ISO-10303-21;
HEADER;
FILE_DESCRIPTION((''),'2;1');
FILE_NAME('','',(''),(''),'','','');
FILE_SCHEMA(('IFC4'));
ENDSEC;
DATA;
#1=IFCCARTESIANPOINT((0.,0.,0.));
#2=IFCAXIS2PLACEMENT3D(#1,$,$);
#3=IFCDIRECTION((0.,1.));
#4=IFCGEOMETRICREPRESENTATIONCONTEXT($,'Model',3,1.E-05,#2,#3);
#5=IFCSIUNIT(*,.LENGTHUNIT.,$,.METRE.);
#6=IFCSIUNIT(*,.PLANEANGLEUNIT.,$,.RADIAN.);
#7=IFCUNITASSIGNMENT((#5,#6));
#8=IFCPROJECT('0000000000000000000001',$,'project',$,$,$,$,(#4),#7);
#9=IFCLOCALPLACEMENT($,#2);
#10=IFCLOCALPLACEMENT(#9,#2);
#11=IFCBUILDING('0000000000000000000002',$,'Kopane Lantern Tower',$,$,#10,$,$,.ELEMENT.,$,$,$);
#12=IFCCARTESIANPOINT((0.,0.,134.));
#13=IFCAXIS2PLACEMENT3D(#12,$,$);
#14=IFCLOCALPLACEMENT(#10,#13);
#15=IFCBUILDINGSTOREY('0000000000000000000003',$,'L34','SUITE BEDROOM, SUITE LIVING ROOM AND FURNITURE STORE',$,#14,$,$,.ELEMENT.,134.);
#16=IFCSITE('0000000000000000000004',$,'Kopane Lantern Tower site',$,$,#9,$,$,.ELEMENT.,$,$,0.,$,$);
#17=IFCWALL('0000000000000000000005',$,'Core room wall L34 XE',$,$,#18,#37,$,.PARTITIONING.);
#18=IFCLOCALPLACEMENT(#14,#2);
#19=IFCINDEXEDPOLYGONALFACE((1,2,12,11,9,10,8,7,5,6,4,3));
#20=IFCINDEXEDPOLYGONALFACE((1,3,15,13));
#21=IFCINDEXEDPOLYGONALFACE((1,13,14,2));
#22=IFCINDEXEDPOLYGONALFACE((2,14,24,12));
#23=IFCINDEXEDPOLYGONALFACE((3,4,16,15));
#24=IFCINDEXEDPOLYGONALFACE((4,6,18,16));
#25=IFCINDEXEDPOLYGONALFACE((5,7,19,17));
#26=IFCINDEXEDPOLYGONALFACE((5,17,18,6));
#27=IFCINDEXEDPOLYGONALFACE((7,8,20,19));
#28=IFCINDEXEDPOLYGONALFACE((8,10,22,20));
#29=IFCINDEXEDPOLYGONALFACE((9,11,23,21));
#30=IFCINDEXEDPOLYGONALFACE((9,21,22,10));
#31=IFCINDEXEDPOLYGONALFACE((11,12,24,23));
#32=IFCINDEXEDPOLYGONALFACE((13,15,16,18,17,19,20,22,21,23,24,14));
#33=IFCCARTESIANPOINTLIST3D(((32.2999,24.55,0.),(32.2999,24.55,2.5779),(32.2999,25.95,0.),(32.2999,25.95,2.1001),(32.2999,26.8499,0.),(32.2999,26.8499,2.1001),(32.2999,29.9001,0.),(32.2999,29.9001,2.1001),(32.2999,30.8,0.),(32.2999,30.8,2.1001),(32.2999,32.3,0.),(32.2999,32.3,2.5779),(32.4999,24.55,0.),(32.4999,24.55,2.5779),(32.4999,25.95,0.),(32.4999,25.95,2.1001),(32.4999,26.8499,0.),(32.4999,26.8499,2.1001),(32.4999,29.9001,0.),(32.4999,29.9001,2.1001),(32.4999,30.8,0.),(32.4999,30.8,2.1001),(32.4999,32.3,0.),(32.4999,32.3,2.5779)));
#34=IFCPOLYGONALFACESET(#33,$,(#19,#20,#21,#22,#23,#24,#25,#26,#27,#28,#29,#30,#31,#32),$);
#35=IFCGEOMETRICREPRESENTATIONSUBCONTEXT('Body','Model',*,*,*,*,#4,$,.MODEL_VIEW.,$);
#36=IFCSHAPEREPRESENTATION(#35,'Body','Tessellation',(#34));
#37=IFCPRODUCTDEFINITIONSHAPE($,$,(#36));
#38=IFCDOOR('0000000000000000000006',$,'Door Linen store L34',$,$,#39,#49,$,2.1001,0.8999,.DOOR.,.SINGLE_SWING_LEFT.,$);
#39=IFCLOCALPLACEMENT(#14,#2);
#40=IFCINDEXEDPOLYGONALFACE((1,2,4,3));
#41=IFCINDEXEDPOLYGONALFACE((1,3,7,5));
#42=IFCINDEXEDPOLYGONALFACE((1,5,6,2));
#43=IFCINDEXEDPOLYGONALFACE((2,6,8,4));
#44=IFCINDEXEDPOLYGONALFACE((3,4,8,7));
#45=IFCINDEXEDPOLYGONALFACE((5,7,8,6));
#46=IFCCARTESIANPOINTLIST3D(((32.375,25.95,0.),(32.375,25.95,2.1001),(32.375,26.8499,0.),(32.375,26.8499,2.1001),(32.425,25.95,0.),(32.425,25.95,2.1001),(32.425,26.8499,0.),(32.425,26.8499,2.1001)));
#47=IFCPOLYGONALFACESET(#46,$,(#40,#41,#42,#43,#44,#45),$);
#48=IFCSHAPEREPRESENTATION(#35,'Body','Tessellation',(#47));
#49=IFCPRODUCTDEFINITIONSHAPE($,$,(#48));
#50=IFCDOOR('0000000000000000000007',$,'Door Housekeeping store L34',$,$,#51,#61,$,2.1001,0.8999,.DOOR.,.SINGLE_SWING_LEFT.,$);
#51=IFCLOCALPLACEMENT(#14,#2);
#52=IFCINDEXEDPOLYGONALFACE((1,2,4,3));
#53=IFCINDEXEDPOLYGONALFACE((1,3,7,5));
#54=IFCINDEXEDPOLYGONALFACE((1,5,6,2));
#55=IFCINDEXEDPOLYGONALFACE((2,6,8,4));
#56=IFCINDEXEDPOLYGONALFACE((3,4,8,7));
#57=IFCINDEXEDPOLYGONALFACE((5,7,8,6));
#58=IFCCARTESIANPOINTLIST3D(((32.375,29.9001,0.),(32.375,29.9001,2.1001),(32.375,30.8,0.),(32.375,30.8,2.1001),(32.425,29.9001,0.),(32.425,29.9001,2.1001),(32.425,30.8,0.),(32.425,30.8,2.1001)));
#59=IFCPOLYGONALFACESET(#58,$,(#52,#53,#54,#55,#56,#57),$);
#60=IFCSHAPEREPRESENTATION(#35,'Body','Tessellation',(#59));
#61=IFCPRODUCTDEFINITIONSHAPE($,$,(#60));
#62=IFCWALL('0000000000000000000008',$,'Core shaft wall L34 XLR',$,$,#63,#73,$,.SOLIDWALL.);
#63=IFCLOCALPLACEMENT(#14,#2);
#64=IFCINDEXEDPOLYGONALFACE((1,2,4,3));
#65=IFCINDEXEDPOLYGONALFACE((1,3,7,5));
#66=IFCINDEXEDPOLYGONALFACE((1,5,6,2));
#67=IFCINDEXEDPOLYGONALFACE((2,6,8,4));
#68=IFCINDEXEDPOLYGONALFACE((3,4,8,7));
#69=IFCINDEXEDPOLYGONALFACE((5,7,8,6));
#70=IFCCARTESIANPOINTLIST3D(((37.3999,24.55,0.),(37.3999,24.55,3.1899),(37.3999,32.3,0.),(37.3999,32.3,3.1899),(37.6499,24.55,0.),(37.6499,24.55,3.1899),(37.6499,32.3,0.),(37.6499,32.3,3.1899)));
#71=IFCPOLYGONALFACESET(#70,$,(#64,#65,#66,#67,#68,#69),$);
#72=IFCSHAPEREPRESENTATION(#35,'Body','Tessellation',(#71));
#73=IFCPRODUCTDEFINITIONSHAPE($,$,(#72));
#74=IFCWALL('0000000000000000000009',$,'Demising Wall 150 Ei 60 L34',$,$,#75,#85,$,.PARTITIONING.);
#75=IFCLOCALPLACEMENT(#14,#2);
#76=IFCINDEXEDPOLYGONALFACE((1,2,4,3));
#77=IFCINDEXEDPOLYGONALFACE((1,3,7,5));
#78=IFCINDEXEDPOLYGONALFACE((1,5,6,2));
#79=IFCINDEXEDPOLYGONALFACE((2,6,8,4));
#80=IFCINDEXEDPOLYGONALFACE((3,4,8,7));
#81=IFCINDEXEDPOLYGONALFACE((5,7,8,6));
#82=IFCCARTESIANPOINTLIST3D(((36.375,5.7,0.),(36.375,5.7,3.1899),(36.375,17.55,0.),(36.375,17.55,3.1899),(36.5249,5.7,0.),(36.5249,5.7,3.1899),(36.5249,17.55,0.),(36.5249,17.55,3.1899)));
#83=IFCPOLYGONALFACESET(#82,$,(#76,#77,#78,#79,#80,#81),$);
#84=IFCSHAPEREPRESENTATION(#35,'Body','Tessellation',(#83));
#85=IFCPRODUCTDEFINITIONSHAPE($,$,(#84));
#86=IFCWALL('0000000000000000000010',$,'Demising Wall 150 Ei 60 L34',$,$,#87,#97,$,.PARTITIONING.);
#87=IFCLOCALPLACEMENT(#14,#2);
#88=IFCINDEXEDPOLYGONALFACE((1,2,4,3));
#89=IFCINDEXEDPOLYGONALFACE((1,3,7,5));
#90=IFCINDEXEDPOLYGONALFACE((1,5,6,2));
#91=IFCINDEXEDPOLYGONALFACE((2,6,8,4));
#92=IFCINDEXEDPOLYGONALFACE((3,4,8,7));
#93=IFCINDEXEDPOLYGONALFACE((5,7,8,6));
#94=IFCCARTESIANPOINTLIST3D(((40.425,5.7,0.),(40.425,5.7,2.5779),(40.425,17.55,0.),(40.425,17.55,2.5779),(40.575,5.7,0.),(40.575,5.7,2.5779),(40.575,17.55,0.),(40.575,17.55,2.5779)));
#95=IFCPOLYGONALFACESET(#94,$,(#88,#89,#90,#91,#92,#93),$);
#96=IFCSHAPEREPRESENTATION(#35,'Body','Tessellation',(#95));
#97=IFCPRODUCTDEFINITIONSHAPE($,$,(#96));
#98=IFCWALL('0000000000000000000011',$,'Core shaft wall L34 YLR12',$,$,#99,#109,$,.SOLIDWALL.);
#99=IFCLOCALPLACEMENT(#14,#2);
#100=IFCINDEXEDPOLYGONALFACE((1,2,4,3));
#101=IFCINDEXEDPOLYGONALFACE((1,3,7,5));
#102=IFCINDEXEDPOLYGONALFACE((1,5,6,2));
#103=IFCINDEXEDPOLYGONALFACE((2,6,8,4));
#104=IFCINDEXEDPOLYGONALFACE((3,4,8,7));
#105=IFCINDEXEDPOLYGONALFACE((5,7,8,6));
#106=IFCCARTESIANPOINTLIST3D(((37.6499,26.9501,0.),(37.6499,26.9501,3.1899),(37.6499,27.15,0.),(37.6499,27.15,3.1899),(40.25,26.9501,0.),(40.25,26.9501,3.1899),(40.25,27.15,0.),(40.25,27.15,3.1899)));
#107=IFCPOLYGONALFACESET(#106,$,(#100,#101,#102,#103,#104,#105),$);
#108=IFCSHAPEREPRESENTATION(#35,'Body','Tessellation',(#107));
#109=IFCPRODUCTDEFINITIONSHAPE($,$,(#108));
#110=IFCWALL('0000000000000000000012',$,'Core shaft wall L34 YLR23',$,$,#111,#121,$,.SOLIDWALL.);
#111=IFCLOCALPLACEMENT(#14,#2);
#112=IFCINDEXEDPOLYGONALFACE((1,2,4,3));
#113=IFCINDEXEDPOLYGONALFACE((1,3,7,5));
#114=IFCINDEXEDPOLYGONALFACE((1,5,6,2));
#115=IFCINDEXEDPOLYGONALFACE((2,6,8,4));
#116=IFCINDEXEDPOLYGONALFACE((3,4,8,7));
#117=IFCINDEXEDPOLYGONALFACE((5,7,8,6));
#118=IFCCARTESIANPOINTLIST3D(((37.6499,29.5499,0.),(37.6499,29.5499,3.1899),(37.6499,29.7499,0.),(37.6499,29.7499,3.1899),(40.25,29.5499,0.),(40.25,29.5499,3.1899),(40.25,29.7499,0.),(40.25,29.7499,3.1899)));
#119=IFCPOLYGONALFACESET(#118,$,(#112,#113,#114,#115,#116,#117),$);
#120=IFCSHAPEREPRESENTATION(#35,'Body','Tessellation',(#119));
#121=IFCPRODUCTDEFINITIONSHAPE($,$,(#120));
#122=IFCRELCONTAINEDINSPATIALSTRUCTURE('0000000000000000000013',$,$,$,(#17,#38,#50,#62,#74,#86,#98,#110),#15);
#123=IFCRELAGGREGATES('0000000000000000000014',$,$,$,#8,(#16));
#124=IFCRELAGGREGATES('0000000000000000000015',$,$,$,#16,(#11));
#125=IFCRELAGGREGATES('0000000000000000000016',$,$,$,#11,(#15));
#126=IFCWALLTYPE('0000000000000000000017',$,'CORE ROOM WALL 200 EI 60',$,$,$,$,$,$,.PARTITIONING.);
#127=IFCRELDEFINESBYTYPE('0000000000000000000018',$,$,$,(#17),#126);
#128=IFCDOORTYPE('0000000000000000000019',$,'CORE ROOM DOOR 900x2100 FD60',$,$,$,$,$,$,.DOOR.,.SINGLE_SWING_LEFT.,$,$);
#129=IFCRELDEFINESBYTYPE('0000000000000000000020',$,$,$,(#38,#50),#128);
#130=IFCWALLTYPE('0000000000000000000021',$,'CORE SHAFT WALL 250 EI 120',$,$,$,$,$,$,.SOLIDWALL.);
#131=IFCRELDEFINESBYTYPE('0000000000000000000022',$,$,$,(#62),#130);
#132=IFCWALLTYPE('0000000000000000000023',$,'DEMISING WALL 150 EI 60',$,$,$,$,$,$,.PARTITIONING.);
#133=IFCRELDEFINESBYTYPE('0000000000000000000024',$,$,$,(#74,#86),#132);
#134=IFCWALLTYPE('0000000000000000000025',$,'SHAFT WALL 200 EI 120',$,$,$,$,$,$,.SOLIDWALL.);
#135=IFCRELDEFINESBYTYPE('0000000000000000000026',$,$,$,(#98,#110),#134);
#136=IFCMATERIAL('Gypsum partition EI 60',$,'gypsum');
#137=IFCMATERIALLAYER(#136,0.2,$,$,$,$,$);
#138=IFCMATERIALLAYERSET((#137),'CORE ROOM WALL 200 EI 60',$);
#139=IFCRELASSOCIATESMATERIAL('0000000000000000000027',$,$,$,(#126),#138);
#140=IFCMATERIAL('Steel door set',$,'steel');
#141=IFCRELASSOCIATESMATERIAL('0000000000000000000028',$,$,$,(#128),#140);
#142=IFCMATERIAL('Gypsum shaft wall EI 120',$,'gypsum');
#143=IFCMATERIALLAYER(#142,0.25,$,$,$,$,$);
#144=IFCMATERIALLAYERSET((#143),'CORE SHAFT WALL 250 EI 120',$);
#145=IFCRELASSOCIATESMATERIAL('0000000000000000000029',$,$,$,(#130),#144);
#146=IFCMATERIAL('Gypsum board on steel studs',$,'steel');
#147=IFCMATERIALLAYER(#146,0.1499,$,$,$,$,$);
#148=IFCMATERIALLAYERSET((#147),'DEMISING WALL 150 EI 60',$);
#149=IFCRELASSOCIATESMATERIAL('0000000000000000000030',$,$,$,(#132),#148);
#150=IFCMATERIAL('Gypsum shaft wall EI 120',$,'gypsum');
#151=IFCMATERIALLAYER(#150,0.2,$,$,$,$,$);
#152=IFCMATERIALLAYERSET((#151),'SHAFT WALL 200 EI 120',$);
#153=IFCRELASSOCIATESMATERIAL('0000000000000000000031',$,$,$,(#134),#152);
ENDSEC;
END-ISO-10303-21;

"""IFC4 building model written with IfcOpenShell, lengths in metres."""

from ifc_helpers import new_model, si_unit, direction, frame, frame_2d, origin, place, context, subcontext, project, spatial, rectangle, extrude, material, layer, layer_set, type_object, element, fill, save


model = new_model("IFC4")

# Units and contexts
model_context = context("Model", 3, precision=1e-05, world=origin(), true_north=direction((0.0, 1.0)))
body_context = subcontext(model_context, "Body", "Model", "MODEL_VIEW")
ifc_project = project(units=[si_unit("LENGTHUNIT", "METRE"), si_unit("PLANEANGLEUNIT", "RADIAN")], contexts=[model_context])

# Site, building, storey
site_placement = place(None, origin())
site = spatial("IfcSite", under=ifc_project, at=site_placement, Name="Kopane Lantern Tower site", CompositionType="ELEMENT", RefElevation=0.0)
building_placement = place(site_placement, origin())
building = spatial("IfcBuilding", under=site, at=building_placement, Name="Kopane Lantern Tower", CompositionType="ELEMENT")
storey_placement = place(building_placement, frame((0.0, 0.0, 134.0)))
storey = spatial("IfcBuildingStorey", under=building, at=storey_placement, Name="L34", Description="SUITE BEDROOM, SUITE LIVING ROOM AND FURNITURE STORE", CompositionType="ELEMENT", Elevation=134.0)

# Wall, openings, doors
ifc_material_1 = material(Name="Gypsum partition EI 60", Category="gypsum")
ifc_layer_1 = layer(ifc_material_1, 0.2)
ifc_layer_set_1 = layer_set([ifc_layer_1], Name="CORE ROOM WALL 200 EI 60")
wall_type_1 = type_object("IfcWallType", Name="CORE ROOM WALL 200 EI 60", PredefinedType="PARTITIONING", material=ifc_layer_set_1)
wall_1_placement = place(storey_placement, frame((32.3999, 24.55, 0.0), z_axis=(0.0, 0.0, 1.0), x_axis=(0.0, 1.0, 0.0)))
wall_1 = element("IfcWall", 1, at=wall_1_placement, inside=storey, type_object=wall_type_1, Name="Core room wall L34 XE", PredefinedType="PARTITIONING", context=body_context, shape_type="SweptSolid", body=[
    extrude(rectangle(XDim=7.75, YDim=0.2, at=frame_2d((3.875, 0.0))), origin(), (0.0, 0.0, 1.0), 2.5779),
])
opening_1_placement = place(wall_1_placement, frame((1.3999, 0.0, 0.0)))
opening_1 = element("IfcOpeningElement", 2, at=opening_1_placement, cuts=wall_1, PredefinedType="OPENING", context=body_context, shape_type="SweptSolid", body=[
    extrude(rectangle(XDim=0.8999, YDim=2.1001, at=frame_2d((0.45, 1.05))), frame((0.0, 0.1099, 0.0), z_axis=(0.0, -1.0, 0.0), x_axis=(1.0, 0.0, 0.0)), (0.0, 0.0, 1.0), 0.22),
])
opening_2_placement = place(wall_1_placement, frame((5.3501, 0.0, 0.0)))
opening_2 = element("IfcOpeningElement", 3, at=opening_2_placement, cuts=wall_1, PredefinedType="OPENING", context=body_context, shape_type="SweptSolid", body=[
    extrude(rectangle(XDim=0.8999, YDim=2.1001, at=frame_2d((0.45, 1.05))), frame((0.0, 0.1099, 0.0), z_axis=(0.0, -1.0, 0.0), x_axis=(1.0, 0.0, 0.0)), (0.0, 0.0, 1.0), 0.22),
])
ifc_material_2 = material(Name="Steel door set", Category="steel")
door_type_1 = type_object("IfcDoorType", Name="CORE ROOM DOOR 900x2100 FD60", OperationType="SINGLE_SWING_LEFT", PredefinedType="DOOR", material=ifc_material_2)
door_1_placement = place(opening_1_placement, origin())
door_1 = element("IfcDoor", 4, at=door_1_placement, inside=storey, type_object=door_type_1, Name="Door Linen store L34", OperationType="SINGLE_SWING_LEFT", OverallHeight=2.1001, OverallWidth=0.8999, PredefinedType="DOOR", context=body_context, shape_type="SweptSolid", body=[
    extrude(rectangle(XDim=0.8999, YDim=2.1001, at=frame_2d((0.45, 1.05))), frame((0.0, 0.0249, 0.0), z_axis=(0.0, -1.0, 0.0), x_axis=(1.0, 0.0, 0.0)), (0.0, 0.0, 1.0), 0.05),
])
fill(opening_1, door_1)
door_2_placement = place(opening_2_placement, origin())
door_2 = element("IfcDoor", 5, at=door_2_placement, inside=storey, type_object=door_type_1, Name="Door Housekeeping store L34", OperationType="SINGLE_SWING_LEFT", OverallHeight=2.1001, OverallWidth=0.8999, PredefinedType="DOOR", context=body_context, shape_type="SweptSolid", body=[
    extrude(rectangle(XDim=0.8999, YDim=2.1001, at=frame_2d((0.45, 1.05))), frame((0.0, 0.0249, 0.0), z_axis=(0.0, -1.0, 0.0), x_axis=(1.0, 0.0, 0.0)), (0.0, 0.0, 1.0), 0.05),
])
fill(opening_2, door_2)

# Walls
ifc_material_3 = material(Name="Gypsum shaft wall EI 120", Category="gypsum")
ifc_layer_2 = layer(ifc_material_3, 0.25)
ifc_layer_set_2 = layer_set([ifc_layer_2], Name="CORE SHAFT WALL 250 EI 120")
wall_type_2 = type_object("IfcWallType", Name="CORE SHAFT WALL 250 EI 120", PredefinedType="SOLIDWALL", material=ifc_layer_set_2)
wall_2_placement = place(storey_placement, frame((37.5249, 24.55, 0.0), z_axis=(0.0, 0.0, 1.0), x_axis=(0.0, 1.0, 0.0)))
element("IfcWall", 6, at=wall_2_placement, inside=storey, type_object=wall_type_2, Name="Core shaft wall L34 XLR", PredefinedType="SOLIDWALL", context=body_context, shape_type="SweptSolid", body=[
    extrude(rectangle(XDim=7.75, YDim=0.25, at=frame_2d((3.875, 0.0))), origin(), (0.0, 0.0, 1.0), 3.1899),
])
ifc_material_4 = material(Name="Gypsum board on steel studs", Category="steel")
ifc_layer_3 = layer(ifc_material_4, 0.1499)
ifc_layer_set_3 = layer_set([ifc_layer_3], Name="DEMISING WALL 150 EI 60")
wall_type_3 = type_object("IfcWallType", Name="DEMISING WALL 150 EI 60", PredefinedType="PARTITIONING", material=ifc_layer_set_3)
wall_3_placement = place(storey_placement, frame((36.45, 17.55, 0.0), z_axis=(0.0, 0.0, 1.0), x_axis=(0.0, -1.0, 0.0)))
element("IfcWall", 7, at=wall_3_placement, inside=storey, type_object=wall_type_3, Name="Demising Wall 150 Ei 60 L34", PredefinedType="PARTITIONING", context=body_context, shape_type="SweptSolid", body=[
    extrude(rectangle(XDim=11.8501, YDim=0.1499, at=frame_2d((5.925, 0.0))), origin(), (0.0, 0.0, 1.0), 3.1899),
])
wall_4_placement = place(storey_placement, frame((40.5, 17.55, 0.0), z_axis=(0.0, 0.0, 1.0), x_axis=(0.0, -1.0, 0.0)))
element("IfcWall", 8, at=wall_4_placement, inside=storey, type_object=wall_type_3, Name="Demising Wall 150 Ei 60 L34", PredefinedType="PARTITIONING", context=body_context, shape_type="SweptSolid", body=[
    extrude(rectangle(XDim=11.8501, YDim=0.1499, at=frame_2d((5.925, 0.0))), origin(), (0.0, 0.0, 1.0), 2.5779),
])
ifc_material_5 = material(Name="Gypsum shaft wall EI 120", Category="gypsum")
ifc_layer_4 = layer(ifc_material_5, 0.2)
ifc_layer_set_4 = layer_set([ifc_layer_4], Name="SHAFT WALL 200 EI 120")
wall_type_4 = type_object("IfcWallType", Name="SHAFT WALL 200 EI 120", PredefinedType="SOLIDWALL", material=ifc_layer_set_4)
for number, where, z_axis, x_axis, name in (
    (9, (37.6499, 27.05, 0.0), (0.0, 0.0, 1.0), (1.0, 0.0, 0.0), "Core shaft wall L34 YLR12"),
    (10, (37.6499, 29.6499, 0.0), (0.0, 0.0, 1.0), (1.0, 0.0, 0.0), "Core shaft wall L34 YLR23"),
):
    element("IfcWall", number, at=place(storey_placement, frame(where, z_axis=z_axis, x_axis=x_axis)), inside=storey, type_object=wall_type_4, Name=name, PredefinedType="SOLIDWALL", context=body_context, shape_type="SweptSolid", body=[
        extrude(rectangle(XDim=2.6001, YDim=0.2, at=frame_2d((1.3, 0.0))), origin(), (0.0, 0.0, 1.0), 3.1899),
    ])

save(model, "model.ifc")
